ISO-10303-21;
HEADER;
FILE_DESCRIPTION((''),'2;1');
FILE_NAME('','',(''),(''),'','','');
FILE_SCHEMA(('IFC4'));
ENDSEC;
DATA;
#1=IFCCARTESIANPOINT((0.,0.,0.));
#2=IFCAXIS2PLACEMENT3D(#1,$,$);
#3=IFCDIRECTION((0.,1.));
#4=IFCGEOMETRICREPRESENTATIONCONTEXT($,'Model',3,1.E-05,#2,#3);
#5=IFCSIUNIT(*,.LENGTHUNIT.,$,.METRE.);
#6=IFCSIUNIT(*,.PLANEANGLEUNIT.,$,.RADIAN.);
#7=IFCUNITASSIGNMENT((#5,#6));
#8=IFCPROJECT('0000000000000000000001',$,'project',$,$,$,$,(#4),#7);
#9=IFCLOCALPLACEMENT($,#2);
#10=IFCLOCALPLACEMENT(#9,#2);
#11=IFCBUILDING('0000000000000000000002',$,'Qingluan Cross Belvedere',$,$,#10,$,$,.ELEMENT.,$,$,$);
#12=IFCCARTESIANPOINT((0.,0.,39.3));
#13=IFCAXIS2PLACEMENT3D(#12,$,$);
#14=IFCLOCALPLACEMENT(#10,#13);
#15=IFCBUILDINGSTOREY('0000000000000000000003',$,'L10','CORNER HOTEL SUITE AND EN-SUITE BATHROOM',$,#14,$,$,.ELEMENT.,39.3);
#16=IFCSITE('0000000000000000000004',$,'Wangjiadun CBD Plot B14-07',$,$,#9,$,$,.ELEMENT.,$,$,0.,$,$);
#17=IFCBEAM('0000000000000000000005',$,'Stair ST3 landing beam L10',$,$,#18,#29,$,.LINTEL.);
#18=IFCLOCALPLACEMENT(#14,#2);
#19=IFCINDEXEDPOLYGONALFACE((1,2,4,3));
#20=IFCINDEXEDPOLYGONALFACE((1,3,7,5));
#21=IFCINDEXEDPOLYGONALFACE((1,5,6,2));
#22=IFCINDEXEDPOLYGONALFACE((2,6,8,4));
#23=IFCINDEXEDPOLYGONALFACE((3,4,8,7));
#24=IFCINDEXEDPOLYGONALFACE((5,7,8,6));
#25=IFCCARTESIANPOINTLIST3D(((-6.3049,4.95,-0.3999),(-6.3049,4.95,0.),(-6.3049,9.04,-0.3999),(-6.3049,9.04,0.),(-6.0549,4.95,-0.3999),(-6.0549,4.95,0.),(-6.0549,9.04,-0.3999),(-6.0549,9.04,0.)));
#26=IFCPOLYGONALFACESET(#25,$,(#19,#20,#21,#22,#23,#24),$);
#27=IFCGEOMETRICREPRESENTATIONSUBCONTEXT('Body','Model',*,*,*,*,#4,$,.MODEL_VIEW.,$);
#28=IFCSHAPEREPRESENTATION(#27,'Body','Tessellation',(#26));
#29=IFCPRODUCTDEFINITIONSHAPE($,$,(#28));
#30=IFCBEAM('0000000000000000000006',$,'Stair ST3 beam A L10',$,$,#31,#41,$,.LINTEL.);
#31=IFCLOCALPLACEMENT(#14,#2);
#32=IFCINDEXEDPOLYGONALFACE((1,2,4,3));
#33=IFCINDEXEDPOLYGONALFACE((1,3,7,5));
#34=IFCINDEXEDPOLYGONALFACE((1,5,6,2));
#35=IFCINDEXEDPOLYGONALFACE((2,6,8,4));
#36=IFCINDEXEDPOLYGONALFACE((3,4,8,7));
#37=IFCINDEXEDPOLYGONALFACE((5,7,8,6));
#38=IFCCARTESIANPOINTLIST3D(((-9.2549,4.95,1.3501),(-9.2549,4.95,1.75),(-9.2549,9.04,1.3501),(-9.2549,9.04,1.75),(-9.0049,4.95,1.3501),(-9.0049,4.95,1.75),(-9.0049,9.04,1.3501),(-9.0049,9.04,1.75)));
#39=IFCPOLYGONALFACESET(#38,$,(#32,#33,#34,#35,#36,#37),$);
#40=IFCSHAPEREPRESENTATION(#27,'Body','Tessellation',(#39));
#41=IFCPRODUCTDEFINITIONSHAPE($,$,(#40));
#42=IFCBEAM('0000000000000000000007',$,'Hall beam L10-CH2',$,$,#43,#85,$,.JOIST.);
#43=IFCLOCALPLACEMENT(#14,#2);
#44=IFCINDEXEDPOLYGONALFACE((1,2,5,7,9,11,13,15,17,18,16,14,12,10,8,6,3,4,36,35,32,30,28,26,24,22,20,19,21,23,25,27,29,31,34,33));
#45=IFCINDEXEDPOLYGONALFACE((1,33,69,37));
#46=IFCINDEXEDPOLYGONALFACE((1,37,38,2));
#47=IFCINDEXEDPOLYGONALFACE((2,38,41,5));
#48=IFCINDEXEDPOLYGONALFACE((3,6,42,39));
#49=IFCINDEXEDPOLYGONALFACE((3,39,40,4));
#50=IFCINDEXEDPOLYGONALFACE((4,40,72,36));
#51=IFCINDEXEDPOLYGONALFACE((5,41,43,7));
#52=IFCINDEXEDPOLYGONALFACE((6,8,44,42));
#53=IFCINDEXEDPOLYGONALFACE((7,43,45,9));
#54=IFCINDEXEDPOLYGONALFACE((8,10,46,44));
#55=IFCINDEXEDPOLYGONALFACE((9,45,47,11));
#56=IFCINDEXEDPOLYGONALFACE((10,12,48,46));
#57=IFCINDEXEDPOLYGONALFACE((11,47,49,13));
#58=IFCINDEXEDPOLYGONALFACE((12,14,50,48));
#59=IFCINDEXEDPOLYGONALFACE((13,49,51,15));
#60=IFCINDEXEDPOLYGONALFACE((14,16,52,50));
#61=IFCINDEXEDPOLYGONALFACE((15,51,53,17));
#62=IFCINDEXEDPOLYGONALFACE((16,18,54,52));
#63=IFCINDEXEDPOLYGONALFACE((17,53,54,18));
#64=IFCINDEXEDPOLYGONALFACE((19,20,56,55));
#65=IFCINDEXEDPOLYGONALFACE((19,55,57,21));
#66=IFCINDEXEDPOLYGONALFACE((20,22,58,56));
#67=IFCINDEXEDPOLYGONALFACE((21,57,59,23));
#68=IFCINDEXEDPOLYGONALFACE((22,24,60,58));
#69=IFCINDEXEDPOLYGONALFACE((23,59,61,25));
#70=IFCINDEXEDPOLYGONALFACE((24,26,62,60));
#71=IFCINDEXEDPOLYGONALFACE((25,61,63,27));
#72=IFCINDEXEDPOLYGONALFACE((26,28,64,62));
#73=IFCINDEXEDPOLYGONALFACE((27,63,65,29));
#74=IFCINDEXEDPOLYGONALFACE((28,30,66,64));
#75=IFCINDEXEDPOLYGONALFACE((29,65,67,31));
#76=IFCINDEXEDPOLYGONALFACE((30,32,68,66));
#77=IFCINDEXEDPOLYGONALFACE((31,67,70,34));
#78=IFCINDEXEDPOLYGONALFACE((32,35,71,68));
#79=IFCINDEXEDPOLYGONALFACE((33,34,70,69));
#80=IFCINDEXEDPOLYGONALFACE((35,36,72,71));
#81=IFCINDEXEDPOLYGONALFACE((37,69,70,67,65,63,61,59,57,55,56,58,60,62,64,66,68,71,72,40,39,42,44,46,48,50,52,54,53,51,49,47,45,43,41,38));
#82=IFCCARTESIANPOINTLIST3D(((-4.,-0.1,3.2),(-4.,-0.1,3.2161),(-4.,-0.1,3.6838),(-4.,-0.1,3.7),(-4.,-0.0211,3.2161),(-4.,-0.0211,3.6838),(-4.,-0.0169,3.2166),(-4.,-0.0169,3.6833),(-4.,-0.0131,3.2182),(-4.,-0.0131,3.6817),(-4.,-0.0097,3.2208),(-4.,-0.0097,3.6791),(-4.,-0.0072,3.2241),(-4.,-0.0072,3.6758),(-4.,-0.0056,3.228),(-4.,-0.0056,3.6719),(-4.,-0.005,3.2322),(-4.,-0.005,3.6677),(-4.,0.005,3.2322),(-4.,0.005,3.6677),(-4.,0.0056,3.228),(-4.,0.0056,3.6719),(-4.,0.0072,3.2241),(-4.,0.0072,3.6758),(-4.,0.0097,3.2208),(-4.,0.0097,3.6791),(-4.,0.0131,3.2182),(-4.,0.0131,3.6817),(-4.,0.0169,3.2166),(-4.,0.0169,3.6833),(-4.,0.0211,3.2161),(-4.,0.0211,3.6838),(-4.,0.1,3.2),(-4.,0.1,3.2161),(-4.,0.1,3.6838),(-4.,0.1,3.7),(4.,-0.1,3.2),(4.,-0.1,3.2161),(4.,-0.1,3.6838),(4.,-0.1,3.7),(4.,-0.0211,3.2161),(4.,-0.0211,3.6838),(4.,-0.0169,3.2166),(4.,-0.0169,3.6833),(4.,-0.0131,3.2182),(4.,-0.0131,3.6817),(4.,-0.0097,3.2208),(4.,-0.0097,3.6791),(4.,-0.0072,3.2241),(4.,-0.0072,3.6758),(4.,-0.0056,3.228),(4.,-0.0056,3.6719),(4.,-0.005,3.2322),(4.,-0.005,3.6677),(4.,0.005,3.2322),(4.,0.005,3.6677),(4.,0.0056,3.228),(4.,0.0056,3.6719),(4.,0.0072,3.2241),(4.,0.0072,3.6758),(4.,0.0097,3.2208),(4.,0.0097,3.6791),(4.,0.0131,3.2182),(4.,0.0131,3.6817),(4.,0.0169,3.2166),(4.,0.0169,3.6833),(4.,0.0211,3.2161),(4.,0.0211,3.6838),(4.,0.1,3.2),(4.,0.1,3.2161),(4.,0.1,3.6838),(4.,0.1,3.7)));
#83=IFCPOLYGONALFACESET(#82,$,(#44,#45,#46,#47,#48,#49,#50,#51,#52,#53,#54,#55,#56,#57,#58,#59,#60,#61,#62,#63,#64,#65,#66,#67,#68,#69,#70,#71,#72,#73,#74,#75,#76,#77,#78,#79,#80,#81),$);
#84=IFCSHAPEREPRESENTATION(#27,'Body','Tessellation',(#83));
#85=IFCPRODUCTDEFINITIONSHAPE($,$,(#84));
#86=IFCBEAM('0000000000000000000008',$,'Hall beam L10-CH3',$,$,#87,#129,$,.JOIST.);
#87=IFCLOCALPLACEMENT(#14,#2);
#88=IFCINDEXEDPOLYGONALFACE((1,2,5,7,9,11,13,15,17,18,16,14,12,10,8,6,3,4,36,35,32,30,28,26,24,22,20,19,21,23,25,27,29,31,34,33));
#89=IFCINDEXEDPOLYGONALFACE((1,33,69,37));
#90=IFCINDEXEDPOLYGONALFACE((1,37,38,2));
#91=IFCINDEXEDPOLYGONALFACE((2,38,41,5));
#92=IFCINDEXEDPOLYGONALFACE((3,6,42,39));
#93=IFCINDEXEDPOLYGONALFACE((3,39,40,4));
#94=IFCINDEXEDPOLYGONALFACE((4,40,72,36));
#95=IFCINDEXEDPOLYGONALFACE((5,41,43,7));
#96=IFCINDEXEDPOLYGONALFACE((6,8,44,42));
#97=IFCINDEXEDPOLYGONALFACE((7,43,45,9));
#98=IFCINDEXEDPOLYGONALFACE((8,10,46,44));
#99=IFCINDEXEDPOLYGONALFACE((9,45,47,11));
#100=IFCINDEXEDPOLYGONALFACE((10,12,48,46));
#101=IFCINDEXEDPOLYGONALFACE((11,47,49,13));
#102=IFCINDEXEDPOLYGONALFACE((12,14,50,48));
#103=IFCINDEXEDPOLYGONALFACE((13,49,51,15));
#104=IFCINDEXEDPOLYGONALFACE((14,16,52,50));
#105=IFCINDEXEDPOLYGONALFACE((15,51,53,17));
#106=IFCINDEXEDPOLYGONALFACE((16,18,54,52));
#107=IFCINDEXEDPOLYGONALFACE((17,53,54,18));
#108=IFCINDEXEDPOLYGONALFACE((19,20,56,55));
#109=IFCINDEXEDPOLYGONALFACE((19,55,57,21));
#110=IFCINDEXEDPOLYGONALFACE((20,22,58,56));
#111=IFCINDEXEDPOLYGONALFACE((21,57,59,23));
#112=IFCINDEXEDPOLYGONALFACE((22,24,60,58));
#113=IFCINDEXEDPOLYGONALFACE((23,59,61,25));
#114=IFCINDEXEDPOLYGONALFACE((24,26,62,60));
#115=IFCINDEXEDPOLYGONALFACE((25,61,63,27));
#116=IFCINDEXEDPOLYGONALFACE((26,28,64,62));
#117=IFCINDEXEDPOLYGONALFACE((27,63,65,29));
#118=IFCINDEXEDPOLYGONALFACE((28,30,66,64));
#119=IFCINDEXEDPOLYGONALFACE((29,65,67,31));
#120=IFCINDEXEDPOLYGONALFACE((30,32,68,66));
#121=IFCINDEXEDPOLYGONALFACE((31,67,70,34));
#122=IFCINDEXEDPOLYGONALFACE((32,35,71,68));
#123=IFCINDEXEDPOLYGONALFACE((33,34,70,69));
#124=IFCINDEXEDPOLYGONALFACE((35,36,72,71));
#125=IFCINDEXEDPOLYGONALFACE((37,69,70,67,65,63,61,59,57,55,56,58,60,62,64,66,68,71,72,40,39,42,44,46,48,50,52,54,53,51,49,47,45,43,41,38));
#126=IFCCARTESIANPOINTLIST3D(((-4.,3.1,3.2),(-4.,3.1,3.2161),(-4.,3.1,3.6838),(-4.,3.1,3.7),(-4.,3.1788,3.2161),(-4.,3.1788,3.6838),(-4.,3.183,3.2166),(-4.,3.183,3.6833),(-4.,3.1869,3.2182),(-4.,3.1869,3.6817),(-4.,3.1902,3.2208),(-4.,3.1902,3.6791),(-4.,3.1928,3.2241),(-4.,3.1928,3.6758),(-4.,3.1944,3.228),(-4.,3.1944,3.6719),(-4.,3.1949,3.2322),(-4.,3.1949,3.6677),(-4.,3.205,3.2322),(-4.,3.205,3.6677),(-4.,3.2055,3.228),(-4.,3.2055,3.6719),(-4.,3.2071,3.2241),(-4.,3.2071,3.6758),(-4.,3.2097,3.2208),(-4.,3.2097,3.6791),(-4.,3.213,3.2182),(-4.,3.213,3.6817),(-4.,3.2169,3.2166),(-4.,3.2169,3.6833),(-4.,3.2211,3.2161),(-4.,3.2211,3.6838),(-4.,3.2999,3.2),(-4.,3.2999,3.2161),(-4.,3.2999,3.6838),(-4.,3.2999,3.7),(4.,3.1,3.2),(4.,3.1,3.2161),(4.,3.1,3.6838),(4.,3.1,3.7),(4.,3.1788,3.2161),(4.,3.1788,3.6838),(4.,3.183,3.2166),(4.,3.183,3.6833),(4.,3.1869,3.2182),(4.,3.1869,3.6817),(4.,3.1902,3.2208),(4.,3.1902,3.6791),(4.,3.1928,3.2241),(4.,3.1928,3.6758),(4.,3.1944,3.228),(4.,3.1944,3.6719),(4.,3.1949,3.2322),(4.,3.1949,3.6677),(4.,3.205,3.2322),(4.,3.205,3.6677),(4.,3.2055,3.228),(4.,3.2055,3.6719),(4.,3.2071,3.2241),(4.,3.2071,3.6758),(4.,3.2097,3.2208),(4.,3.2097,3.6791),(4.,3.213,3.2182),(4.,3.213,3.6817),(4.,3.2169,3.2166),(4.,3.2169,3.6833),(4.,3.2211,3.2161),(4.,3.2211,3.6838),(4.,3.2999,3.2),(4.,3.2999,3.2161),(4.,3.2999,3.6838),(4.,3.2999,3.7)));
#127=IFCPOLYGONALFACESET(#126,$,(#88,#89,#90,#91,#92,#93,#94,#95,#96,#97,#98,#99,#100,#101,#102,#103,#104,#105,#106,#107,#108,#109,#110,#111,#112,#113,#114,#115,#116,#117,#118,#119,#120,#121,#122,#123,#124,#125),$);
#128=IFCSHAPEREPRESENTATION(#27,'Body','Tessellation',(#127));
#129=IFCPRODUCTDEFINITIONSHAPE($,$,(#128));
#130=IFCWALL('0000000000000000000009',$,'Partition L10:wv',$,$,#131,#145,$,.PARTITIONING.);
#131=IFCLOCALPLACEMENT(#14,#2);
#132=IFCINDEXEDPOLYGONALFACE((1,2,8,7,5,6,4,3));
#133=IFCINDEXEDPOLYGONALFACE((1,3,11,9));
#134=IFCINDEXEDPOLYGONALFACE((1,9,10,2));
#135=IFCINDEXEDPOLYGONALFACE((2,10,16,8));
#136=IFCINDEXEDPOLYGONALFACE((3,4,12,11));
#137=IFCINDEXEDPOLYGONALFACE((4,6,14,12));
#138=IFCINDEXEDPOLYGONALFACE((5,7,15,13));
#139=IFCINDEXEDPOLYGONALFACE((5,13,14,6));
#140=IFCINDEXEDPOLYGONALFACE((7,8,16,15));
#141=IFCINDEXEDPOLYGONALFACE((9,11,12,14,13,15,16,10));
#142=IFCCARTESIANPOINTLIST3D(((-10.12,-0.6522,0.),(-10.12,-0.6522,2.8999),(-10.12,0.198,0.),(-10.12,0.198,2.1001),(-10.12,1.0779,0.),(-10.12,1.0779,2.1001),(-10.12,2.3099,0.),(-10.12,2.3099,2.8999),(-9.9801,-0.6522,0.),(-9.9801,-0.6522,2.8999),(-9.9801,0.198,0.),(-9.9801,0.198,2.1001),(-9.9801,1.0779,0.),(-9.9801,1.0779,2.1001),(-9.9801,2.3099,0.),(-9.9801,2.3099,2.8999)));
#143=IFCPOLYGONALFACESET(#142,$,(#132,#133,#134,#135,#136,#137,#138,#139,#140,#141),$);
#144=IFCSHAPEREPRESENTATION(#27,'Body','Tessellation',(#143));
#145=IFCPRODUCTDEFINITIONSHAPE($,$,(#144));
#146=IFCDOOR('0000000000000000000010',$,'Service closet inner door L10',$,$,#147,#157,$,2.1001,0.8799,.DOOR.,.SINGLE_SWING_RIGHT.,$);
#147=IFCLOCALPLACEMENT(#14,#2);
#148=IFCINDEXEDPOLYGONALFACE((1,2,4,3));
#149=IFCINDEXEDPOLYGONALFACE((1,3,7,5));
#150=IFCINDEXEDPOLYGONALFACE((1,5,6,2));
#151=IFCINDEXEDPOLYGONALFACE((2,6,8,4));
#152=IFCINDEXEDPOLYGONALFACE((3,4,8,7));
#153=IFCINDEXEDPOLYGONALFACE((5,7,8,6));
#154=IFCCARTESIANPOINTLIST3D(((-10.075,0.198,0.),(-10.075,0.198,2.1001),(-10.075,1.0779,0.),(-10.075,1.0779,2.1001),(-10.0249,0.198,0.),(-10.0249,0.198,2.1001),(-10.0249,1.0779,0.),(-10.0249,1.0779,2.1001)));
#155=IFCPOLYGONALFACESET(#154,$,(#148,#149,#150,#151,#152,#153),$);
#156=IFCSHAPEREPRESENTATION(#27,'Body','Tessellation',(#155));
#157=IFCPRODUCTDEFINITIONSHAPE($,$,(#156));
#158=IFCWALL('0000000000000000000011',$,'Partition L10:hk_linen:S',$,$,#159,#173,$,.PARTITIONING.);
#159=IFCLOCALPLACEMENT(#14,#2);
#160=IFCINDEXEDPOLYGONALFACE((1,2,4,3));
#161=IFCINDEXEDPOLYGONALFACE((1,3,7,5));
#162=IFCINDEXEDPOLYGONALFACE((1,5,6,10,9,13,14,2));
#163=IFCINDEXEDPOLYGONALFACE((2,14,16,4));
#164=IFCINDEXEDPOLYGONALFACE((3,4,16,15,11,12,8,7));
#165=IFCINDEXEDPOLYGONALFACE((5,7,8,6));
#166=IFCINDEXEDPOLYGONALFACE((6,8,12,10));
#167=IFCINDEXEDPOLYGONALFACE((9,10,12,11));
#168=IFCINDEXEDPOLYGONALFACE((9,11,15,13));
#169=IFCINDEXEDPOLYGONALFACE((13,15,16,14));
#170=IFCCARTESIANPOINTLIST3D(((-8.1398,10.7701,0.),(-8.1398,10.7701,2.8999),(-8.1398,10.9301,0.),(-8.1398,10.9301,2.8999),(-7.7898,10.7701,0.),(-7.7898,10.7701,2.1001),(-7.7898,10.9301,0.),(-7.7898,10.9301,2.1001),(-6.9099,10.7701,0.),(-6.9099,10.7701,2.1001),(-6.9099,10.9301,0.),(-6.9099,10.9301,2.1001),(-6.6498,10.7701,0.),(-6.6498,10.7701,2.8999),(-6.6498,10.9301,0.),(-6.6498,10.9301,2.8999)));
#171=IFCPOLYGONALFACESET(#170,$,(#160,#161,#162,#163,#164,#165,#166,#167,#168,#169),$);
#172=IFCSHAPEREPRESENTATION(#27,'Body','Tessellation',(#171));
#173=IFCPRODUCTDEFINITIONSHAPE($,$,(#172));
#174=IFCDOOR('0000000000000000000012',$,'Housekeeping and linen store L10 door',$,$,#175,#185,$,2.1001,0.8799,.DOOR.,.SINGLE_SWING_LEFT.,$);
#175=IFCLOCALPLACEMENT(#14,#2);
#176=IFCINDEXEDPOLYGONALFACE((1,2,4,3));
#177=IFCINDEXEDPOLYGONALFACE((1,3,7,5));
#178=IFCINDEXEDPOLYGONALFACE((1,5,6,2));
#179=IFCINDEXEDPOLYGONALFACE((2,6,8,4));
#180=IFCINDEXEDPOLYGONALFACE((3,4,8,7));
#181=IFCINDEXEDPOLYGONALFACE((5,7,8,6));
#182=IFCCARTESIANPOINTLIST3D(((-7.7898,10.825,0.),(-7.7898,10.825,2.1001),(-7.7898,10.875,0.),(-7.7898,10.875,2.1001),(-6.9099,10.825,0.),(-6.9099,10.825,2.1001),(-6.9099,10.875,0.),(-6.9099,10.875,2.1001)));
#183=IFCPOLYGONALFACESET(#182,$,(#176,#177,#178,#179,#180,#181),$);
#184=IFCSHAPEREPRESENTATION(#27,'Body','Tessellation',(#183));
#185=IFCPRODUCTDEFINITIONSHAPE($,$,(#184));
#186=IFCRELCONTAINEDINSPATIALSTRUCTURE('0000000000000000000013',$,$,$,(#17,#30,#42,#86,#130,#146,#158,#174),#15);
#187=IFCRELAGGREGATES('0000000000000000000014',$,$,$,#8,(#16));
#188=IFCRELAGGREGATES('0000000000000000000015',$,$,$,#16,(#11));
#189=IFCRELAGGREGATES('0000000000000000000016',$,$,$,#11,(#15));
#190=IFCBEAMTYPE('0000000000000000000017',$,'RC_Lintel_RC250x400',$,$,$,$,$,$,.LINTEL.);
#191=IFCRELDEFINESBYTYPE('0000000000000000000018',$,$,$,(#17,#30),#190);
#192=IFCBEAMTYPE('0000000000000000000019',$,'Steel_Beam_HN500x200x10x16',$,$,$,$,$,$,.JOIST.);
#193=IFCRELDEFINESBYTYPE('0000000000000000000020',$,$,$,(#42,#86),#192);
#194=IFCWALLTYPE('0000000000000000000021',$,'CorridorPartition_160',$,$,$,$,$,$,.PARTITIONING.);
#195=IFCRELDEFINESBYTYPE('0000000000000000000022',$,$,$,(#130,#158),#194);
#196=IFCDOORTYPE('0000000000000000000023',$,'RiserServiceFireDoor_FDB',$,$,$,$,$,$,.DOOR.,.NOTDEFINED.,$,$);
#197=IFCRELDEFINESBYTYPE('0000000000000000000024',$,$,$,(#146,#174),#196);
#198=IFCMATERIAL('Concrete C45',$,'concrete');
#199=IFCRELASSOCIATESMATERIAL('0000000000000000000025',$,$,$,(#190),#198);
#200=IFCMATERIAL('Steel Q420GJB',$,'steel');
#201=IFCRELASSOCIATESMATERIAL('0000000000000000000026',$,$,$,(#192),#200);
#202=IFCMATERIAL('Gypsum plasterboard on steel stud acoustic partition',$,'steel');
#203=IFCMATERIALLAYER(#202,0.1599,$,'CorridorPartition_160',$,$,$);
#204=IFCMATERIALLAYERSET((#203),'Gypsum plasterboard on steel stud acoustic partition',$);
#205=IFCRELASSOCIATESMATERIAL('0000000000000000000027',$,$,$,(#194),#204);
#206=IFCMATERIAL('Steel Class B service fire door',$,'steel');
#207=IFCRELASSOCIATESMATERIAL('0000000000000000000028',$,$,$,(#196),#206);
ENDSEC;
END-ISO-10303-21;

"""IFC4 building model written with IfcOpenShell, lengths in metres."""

from ifc_helpers import new_model, si_unit, direction, frame, frame_2d, origin, origin_2d, place, context, subcontext, project, spatial, rectangle, i_section, extrude, material, layer, layer_set, material_profile, profile_set, type_object, element, fill, save


model = new_model("IFC4")

# Units and contexts
model_context = context("Model", 3, precision=1e-05, world=origin(), true_north=direction((0.0, 1.0)))
body_context = subcontext(model_context, "Body", "Model", "MODEL_VIEW")
ifc_project = project(units=[si_unit("LENGTHUNIT", "METRE"), si_unit("PLANEANGLEUNIT", "RADIAN")], contexts=[model_context])

# Site, building, storey
site_placement = place(None, origin())
site = spatial("IfcSite", under=ifc_project, at=site_placement, Name="Wangjiadun CBD Plot B14-07", CompositionType="ELEMENT", RefElevation=0.0)
building_placement = place(site_placement, origin())
building = spatial("IfcBuilding", under=site, at=building_placement, Name="Qingluan Cross Belvedere", CompositionType="ELEMENT")
storey_placement = place(building_placement, frame((0.0, 0.0, 39.3)))
storey = spatial("IfcBuildingStorey", under=building, at=storey_placement, Name="L10", Description="CORNER HOTEL SUITE AND EN-SUITE BATHROOM", CompositionType="ELEMENT", Elevation=39.3)

# Beams
ifc_material_1 = material(Name="Concrete C45", Category="concrete")
ifc_material_profile_1 = material_profile(ifc_material_1, rectangle(XDim=0.25, YDim=0.3999, at=origin_2d()), Name="RC250x400")
ifc_profile_set_1 = profile_set([ifc_material_profile_1], Name="Concrete C45")
beam_type_1 = type_object("IfcBeamType", Name="RC_Lintel_RC250x400", PredefinedType="LINTEL", material=ifc_profile_set_1)
for number, where, z_axis, x_axis, name in (
    (1, (-6.1799, 4.95, -0.2), (0.0, 1.0, 0.0), (-1.0, 0.0, 0.0), "Stair ST3 landing beam L10"),
    (2, (-9.1299, 4.95, 1.55), (0.0, 1.0, 0.0), (-1.0, 0.0, 0.0), "Stair ST3 beam A L10"),
):
    element("IfcBeam", number, at=place(storey_placement, frame(where, z_axis=z_axis, x_axis=x_axis)), inside=storey, type_object=beam_type_1, Name=name, PredefinedType="LINTEL", context=body_context, shape_type="SweptSolid", body=[
        extrude(rectangle(XDim=0.25, YDim=0.3999, at=origin_2d()), origin(), (0.0, 0.0, 1.0), 4.0901),
    ])
ifc_material_2 = material(Name="Steel Q420GJB", Category="steel")
ifc_material_profile_2 = material_profile(ifc_material_2, i_section(OverallWidth=0.2, OverallDepth=0.5, WebThickness=0.01, FlangeThickness=0.0161, FilletRadius=0.0161, at=origin_2d()), Name="HN500x200x10x16")
ifc_profile_set_2 = profile_set([ifc_material_profile_2], Name="Steel Q420GJB")
beam_type_2 = type_object("IfcBeamType", Name="Steel_Beam_HN500x200x10x16", PredefinedType="JOIST", material=ifc_profile_set_2)
for number, where, z_axis, x_axis, name in (
    (3, (-4.0, 0.0, 3.45), (1.0, 0.0, 0.0), (0.0, 1.0, 0.0), "Hall beam L10-CH2"),
    (4, (-4.0, 3.2, 3.45), (1.0, 0.0, 0.0), (0.0, 1.0, 0.0), "Hall beam L10-CH3"),
):
    element("IfcBeam", number, at=place(storey_placement, frame(where, z_axis=z_axis, x_axis=x_axis)), inside=storey, type_object=beam_type_2, Name=name, PredefinedType="JOIST", context=body_context, shape_type="SweptSolid", body=[
        extrude(i_section(OverallWidth=0.2, OverallDepth=0.5, WebThickness=0.01, FlangeThickness=0.0161, FilletRadius=0.0161, at=origin_2d()), origin(), (0.0, 0.0, 1.0), 8.0),
    ])

# Walls, openings, doors
ifc_material_3 = material(Name="Gypsum plasterboard on steel stud acoustic partition", Category="steel")
ifc_layer_1 = layer(ifc_material_3, 0.1599, Name="CorridorPartition_160")
ifc_layer_set_1 = layer_set([ifc_layer_1], Name="Gypsum plasterboard on steel stud acoustic partition")
wall_type_1 = type_object("IfcWallType", Name="CorridorPartition_160", PredefinedType="PARTITIONING", material=ifc_layer_set_1)
wall_1_placement = place(storey_placement, frame((-10.05, -0.6521, 0.0), z_axis=(0.0, 0.0, 1.0), x_axis=(0.0, 1.0, 0.0)))
wall_1 = element("IfcWall", 5, at=wall_1_placement, inside=storey, type_object=wall_type_1, Name="Partition L10:wv", PredefinedType="PARTITIONING", context=body_context, shape_type="SweptSolid", body=[
    extrude(rectangle(XDim=2.9622, YDim=0.1399, at=frame_2d((1.481, 0.0))), origin(), (0.0, 0.0, 1.0), 2.8999),
])
opening_1_placement = place(wall_1_placement, frame((0.8501, 0.0, 0.0)))
opening_1 = element("IfcOpeningElement", 6, at=opening_1_placement, cuts=wall_1, PredefinedType="OPENING", context=body_context, shape_type="SweptSolid", body=[
    extrude(rectangle(XDim=0.8799, YDim=2.1001, at=frame_2d((0.4399, 1.05))), frame((0.0, 0.0798, 0.0), z_axis=(0.0, -1.0, 0.0), x_axis=(1.0, 0.0, 0.0)), (0.0, 0.0, 1.0), 0.1599),
])
ifc_material_4 = material(Name="Steel Class B service fire door", Category="steel")
door_type_1 = type_object("IfcDoorType", Name="RiserServiceFireDoor_FDB", OperationType="NOTDEFINED", PredefinedType="DOOR", material=ifc_material_4)
door_1_placement = place(opening_1_placement, origin())
door_1 = element("IfcDoor", 7, at=door_1_placement, inside=storey, type_object=door_type_1, Name="Service closet inner door L10", OperationType="SINGLE_SWING_RIGHT", OverallHeight=2.1001, OverallWidth=0.8799, PredefinedType="DOOR", context=body_context, shape_type="SweptSolid", body=[
    extrude(rectangle(XDim=0.8799, YDim=2.1001, at=frame_2d((0.4399, 1.05))), frame((0.0, 0.0249, 0.0), z_axis=(0.0, -1.0, 0.0), x_axis=(1.0, 0.0, 0.0)), (0.0, 0.0, 1.0), 0.05),
])
fill(opening_1, door_1)
wall_2_placement = place(storey_placement, frame((-8.1399, 10.8501, 0.0), z_axis=(0.0, 0.0, 1.0), x_axis=(1.0, 0.0, 0.0)))
wall_2 = element("IfcWall", 8, at=wall_2_placement, inside=storey, type_object=wall_type_1, Name="Partition L10:hk_linen:S", PredefinedType="PARTITIONING", context=body_context, shape_type="SweptSolid", body=[
    extrude(rectangle(XDim=1.49, YDim=0.1599, at=frame_2d((0.7451, 0.0))), origin(), (0.0, 0.0, 1.0), 2.8999),
])
opening_2_placement = place(wall_2_placement, frame((0.3501, 0.0, 0.0)))
opening_2 = element("IfcOpeningElement", 9, at=opening_2_placement, cuts=wall_2, PredefinedType="OPENING", context=body_context, shape_type="SweptSolid", body=[
    extrude(rectangle(XDim=0.8799, YDim=2.1001, at=frame_2d((0.4399, 1.05))), frame((0.0, 0.0898, 0.0), z_axis=(0.0, -1.0, 0.0), x_axis=(1.0, 0.0, 0.0)), (0.0, 0.0, 1.0), 0.1799),
])
door_2_placement = place(opening_2_placement, origin())
door_2 = element("IfcDoor", 10, at=door_2_placement, inside=storey, type_object=door_type_1, Name="Housekeeping and linen store L10 door", OperationType="SINGLE_SWING_LEFT", OverallHeight=2.1001, OverallWidth=0.8799, PredefinedType="DOOR", context=body_context, shape_type="SweptSolid", body=[
    extrude(rectangle(XDim=0.8799, YDim=2.1001, at=frame_2d((0.4399, 1.05))), frame((0.0, 0.0249, 0.0), z_axis=(0.0, -1.0, 0.0), x_axis=(1.0, 0.0, 0.0)), (0.0, 0.0, 1.0), 0.05),
])
fill(opening_2, door_2)

save(model, "model.ifc")
